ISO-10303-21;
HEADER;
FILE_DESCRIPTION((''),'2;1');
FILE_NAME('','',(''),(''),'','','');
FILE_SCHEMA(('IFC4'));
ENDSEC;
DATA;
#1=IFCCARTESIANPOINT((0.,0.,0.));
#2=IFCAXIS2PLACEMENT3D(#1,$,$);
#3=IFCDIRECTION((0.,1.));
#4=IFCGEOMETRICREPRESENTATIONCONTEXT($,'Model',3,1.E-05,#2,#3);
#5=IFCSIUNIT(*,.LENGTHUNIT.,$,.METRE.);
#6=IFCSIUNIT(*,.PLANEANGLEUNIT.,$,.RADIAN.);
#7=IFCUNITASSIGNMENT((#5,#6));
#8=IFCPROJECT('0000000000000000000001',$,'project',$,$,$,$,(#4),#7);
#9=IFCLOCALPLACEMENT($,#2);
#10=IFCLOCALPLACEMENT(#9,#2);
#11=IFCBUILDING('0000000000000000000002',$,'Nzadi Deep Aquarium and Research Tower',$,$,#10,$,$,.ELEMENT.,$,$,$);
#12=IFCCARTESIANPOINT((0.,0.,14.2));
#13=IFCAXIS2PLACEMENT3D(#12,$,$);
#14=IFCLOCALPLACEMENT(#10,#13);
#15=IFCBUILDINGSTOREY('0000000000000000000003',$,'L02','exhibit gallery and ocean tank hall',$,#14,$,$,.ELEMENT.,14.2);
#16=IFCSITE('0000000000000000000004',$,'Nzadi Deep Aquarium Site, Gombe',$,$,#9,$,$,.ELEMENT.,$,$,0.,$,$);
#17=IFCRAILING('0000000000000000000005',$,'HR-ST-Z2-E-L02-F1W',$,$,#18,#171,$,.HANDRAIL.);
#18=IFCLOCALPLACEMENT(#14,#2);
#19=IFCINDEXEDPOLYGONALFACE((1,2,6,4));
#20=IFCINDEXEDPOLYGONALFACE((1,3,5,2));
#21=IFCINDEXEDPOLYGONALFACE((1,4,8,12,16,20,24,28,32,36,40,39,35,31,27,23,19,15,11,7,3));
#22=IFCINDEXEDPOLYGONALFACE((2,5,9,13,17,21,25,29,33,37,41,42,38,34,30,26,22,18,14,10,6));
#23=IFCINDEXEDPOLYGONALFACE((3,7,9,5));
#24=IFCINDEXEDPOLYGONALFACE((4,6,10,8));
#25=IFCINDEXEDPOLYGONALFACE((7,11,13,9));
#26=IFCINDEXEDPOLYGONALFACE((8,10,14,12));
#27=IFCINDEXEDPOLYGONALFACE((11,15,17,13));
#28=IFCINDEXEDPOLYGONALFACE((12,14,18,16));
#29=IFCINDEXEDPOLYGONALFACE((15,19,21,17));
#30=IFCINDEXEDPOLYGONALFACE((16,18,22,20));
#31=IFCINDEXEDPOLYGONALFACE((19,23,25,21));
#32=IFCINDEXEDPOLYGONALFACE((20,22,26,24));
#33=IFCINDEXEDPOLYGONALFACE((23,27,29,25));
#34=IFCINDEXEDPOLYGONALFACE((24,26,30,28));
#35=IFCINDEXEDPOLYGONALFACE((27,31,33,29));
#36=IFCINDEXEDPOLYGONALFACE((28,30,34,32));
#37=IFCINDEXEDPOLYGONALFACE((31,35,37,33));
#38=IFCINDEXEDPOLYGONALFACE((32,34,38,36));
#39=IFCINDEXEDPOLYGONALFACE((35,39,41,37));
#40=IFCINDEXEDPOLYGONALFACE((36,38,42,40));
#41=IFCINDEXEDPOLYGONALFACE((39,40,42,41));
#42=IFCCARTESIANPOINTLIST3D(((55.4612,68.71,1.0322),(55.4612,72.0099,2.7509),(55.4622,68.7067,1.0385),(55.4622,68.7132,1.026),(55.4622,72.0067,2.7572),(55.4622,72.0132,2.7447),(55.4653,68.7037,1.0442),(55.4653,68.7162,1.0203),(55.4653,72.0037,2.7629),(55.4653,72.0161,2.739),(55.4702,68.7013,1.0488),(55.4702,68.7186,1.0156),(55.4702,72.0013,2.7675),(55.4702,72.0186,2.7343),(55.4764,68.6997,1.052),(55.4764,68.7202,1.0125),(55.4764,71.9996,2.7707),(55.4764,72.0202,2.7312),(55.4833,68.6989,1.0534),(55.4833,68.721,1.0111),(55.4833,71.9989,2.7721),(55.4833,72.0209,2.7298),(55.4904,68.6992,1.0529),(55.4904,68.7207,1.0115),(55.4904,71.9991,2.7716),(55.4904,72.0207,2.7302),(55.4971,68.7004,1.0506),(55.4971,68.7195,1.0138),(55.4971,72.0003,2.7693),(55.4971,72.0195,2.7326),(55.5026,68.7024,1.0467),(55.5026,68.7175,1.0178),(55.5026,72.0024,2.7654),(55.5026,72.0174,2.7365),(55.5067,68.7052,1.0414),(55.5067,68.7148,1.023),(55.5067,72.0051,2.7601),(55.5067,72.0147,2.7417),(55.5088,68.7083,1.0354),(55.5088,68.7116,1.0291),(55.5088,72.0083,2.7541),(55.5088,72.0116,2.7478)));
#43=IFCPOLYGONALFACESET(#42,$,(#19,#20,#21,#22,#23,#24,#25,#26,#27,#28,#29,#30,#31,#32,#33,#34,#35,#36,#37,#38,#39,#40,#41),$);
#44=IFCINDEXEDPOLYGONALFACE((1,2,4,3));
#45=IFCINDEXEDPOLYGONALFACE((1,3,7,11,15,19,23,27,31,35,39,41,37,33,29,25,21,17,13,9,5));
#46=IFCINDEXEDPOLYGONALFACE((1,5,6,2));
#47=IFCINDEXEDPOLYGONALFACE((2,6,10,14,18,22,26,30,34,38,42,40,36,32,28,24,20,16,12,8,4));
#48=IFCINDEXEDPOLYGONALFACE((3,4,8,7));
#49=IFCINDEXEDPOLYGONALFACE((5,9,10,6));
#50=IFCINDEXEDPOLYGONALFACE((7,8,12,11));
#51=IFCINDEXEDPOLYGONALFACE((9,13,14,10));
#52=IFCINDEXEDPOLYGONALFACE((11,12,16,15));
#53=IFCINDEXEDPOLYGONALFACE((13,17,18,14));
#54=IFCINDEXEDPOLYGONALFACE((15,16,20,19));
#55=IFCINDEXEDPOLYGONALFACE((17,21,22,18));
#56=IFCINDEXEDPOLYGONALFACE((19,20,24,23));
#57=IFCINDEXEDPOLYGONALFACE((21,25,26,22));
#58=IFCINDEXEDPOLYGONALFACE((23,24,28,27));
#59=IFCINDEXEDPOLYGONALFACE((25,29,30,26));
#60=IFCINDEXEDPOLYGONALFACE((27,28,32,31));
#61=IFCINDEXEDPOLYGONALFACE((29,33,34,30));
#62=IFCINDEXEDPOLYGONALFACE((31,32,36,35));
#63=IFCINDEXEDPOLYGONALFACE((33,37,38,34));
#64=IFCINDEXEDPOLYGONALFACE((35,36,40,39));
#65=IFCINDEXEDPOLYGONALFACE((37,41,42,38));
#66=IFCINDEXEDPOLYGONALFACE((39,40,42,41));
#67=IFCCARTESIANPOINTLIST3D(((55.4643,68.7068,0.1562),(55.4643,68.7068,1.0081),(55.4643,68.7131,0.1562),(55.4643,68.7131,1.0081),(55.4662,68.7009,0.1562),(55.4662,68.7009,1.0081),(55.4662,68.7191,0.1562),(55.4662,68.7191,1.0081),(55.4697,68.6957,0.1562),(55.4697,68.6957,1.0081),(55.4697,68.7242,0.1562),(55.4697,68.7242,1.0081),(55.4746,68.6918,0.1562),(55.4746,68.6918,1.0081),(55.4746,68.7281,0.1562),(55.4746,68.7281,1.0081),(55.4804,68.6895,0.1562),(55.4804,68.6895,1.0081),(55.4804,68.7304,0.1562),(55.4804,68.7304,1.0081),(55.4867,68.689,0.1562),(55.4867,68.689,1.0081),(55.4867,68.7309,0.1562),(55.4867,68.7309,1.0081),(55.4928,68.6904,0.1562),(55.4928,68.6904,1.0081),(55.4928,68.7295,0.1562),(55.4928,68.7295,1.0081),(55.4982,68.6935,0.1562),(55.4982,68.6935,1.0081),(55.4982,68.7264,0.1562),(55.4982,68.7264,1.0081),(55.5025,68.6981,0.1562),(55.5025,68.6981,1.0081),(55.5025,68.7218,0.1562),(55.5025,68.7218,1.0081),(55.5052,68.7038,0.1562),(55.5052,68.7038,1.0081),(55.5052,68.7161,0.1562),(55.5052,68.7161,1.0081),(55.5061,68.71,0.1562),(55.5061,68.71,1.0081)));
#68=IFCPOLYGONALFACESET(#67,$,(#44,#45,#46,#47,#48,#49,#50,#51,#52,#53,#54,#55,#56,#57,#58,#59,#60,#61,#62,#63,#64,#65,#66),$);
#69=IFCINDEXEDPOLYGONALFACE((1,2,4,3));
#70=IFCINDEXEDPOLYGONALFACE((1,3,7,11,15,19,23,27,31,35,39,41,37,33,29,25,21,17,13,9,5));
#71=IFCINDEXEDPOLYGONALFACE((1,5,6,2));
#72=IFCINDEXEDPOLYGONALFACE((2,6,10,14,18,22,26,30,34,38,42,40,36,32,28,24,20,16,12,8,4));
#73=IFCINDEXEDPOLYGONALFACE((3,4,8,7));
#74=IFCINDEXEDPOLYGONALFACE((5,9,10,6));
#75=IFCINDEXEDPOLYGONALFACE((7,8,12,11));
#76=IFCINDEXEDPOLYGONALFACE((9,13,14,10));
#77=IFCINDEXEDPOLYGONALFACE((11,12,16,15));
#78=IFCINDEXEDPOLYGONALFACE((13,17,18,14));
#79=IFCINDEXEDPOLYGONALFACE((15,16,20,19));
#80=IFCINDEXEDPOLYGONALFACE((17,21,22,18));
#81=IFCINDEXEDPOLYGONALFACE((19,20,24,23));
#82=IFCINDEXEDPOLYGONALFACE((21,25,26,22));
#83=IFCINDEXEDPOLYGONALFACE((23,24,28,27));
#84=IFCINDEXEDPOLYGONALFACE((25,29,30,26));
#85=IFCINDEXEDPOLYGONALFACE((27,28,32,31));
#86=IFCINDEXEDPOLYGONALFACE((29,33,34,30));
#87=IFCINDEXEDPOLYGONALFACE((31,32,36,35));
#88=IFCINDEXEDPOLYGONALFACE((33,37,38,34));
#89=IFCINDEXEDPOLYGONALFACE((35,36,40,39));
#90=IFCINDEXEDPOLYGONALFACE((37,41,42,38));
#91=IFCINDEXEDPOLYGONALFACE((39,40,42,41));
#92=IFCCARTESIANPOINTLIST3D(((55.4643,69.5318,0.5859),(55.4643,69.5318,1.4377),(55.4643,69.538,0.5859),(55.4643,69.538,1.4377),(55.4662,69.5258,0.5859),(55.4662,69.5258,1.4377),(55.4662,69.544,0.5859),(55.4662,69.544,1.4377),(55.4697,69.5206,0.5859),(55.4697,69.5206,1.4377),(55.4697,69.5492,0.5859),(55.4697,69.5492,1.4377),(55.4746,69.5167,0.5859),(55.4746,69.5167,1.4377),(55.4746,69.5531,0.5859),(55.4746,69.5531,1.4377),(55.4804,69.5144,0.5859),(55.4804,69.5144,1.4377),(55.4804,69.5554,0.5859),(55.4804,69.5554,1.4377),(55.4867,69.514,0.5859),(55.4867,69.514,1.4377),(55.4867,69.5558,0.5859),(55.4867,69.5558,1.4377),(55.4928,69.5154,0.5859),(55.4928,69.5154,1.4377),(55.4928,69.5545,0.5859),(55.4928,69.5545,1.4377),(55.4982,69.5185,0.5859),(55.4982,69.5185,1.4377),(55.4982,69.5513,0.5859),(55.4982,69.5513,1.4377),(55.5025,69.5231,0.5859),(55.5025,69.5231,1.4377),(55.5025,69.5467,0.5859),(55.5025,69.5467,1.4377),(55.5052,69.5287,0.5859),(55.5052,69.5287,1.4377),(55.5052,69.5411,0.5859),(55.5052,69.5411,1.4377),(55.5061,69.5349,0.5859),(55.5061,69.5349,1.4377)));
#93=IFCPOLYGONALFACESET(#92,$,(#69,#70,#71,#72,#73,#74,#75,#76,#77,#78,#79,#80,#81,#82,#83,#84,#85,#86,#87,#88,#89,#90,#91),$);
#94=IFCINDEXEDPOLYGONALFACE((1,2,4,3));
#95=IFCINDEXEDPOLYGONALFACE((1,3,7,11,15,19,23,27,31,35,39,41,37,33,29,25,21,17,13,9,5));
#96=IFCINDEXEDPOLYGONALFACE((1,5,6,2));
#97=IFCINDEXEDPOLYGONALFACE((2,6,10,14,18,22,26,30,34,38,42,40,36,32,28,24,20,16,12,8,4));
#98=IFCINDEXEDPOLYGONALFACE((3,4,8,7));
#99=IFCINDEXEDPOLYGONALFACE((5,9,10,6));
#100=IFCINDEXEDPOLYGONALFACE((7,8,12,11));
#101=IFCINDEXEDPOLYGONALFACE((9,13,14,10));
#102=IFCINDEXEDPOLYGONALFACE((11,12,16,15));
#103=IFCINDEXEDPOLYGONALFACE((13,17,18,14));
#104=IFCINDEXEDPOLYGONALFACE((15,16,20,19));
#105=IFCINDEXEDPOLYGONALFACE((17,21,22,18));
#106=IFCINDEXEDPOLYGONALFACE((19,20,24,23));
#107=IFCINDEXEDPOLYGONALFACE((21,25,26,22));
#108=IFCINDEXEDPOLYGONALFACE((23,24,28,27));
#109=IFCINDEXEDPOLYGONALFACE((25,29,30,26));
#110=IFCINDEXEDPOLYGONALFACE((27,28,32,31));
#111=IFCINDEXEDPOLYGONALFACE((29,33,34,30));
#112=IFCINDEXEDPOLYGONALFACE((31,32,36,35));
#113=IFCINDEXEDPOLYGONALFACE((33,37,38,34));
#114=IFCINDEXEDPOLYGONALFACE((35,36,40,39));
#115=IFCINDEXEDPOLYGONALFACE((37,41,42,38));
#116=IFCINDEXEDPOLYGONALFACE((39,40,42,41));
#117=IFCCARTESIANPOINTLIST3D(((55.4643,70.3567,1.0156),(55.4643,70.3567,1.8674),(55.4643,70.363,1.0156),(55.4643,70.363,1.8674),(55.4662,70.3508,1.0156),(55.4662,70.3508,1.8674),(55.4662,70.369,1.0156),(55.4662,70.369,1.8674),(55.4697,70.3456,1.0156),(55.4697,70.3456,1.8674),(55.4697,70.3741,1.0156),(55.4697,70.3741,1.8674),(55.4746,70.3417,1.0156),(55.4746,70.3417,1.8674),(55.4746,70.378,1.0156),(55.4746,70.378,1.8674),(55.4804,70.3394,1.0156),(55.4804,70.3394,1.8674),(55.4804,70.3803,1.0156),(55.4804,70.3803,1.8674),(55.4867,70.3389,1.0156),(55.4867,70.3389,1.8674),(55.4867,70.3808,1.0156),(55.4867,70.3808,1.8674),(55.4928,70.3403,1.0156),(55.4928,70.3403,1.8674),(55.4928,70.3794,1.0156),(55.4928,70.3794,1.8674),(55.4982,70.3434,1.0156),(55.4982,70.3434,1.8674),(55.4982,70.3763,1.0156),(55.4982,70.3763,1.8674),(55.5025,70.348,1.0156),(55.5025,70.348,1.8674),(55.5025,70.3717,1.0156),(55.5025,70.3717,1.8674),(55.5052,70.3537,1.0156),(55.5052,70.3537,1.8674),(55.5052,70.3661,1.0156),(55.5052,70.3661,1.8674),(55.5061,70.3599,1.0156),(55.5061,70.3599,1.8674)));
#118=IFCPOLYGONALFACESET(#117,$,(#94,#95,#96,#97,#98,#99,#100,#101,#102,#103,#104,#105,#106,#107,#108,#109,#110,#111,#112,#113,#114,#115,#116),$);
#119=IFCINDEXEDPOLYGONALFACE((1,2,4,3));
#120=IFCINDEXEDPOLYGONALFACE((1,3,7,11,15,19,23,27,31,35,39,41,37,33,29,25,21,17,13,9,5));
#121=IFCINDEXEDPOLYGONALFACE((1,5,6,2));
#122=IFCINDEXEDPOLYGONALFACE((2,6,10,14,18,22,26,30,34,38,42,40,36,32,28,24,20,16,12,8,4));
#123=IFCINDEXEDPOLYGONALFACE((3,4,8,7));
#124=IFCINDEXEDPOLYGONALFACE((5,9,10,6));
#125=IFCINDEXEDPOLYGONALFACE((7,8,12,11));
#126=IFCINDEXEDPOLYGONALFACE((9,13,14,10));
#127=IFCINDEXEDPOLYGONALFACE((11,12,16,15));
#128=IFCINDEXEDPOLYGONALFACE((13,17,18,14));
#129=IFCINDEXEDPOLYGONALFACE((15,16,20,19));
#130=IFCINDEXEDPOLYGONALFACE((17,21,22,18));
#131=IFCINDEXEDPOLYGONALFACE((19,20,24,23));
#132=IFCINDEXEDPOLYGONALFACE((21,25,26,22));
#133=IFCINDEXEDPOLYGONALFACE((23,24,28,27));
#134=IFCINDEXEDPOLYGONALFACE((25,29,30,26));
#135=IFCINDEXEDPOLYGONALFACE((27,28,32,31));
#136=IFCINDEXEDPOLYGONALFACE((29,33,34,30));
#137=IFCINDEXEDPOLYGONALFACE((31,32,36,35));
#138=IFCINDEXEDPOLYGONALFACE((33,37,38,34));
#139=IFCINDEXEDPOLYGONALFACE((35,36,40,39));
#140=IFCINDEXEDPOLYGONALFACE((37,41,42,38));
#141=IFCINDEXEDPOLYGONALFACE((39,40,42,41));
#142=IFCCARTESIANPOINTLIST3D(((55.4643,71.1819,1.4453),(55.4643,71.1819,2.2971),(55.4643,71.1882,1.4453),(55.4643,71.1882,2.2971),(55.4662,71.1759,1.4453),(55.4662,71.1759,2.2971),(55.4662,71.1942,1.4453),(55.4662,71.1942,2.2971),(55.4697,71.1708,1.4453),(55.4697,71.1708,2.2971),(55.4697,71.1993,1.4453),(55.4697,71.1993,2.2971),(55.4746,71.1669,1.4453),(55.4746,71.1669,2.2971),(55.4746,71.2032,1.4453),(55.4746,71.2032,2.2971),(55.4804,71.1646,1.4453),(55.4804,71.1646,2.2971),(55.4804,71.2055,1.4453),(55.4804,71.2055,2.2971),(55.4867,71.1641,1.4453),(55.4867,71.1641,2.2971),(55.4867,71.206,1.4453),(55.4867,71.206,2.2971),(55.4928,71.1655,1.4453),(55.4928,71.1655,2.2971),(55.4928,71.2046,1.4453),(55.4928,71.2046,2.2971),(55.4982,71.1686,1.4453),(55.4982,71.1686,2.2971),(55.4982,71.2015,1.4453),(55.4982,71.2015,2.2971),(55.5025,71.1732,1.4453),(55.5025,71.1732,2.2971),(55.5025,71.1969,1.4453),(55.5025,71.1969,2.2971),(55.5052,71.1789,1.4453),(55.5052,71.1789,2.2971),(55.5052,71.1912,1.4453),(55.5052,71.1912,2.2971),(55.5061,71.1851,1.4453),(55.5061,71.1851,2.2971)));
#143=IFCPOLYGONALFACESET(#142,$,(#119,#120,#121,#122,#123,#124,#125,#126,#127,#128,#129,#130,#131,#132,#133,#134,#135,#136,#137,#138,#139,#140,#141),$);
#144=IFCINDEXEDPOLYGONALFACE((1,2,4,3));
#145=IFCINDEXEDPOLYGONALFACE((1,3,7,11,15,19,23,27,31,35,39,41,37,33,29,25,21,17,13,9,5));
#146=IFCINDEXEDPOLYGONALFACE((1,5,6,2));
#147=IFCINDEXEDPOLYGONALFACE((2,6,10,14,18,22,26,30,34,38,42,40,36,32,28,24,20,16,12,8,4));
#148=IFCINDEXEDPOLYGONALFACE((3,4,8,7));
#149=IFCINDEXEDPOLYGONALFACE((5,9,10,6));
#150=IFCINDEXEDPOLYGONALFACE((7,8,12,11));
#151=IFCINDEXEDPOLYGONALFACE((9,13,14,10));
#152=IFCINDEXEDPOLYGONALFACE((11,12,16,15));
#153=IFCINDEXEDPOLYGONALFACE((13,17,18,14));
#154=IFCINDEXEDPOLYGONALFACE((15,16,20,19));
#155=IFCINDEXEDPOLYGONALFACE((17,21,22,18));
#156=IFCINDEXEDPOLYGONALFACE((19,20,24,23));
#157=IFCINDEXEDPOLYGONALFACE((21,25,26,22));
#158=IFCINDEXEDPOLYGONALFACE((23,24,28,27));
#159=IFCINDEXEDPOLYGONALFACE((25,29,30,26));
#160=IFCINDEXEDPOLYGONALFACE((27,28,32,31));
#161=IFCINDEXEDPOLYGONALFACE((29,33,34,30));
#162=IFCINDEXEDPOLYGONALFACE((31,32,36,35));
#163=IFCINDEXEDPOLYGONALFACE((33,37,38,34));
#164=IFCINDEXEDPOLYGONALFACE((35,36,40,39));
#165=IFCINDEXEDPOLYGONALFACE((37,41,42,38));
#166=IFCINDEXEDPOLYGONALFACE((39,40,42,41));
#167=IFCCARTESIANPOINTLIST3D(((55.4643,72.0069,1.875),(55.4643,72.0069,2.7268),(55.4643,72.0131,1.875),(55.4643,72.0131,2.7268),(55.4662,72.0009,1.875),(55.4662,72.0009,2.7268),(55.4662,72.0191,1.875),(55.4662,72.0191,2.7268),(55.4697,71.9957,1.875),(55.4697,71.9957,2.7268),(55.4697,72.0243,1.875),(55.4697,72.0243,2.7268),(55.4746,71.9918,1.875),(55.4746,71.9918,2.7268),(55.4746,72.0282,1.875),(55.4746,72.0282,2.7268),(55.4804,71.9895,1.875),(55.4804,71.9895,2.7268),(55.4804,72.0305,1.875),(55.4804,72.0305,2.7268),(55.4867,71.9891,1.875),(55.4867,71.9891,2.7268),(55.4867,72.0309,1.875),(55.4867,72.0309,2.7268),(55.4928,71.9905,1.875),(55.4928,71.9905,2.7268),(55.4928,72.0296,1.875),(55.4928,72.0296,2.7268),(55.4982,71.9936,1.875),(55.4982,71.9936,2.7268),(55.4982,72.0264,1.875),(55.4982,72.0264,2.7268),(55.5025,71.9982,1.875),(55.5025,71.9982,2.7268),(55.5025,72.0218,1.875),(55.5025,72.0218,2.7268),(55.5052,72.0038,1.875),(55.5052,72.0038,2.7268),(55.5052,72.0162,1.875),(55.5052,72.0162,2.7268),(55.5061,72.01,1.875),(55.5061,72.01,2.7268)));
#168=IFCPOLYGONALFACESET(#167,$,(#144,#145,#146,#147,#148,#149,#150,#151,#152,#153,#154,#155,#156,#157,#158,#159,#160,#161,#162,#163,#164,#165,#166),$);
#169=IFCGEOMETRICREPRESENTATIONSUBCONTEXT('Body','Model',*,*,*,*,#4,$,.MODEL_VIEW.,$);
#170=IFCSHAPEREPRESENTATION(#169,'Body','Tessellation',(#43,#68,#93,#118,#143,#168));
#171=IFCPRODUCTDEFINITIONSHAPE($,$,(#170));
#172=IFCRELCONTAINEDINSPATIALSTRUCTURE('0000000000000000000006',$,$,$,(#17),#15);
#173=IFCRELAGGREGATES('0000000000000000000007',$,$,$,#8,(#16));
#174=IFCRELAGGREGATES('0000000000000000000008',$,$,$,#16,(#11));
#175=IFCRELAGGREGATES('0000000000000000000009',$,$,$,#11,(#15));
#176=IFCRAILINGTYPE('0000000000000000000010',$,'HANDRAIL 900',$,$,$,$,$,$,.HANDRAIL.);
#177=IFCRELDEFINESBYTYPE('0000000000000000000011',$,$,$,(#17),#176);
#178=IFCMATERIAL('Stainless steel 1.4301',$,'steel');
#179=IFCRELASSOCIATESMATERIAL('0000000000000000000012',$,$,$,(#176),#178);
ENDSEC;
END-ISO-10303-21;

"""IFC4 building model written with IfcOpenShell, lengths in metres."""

from ifc_helpers import new_model, si_unit, direction, frame, origin, origin_2d, place, context, subcontext, project, spatial, circle, extrude, material, type_object, element, save


model = new_model("IFC4")

# Units and contexts
model_context = context("Model", 3, precision=1e-05, world=origin(), true_north=direction((0.0, 1.0)))
body_context = subcontext(model_context, "Body", "Model", "MODEL_VIEW")
ifc_project = project(units=[si_unit("LENGTHUNIT", "METRE"), si_unit("PLANEANGLEUNIT", "RADIAN")], contexts=[model_context])

# Site, building, storey
site_placement = place(None, origin())
site = spatial("IfcSite", under=ifc_project, at=site_placement, Name="Nzadi Deep Aquarium Site, Gombe", CompositionType="ELEMENT", RefElevation=0.0)
building_placement = place(site_placement, origin())
building = spatial("IfcBuilding", under=site, at=building_placement, Name="Nzadi Deep Aquarium and Research Tower", CompositionType="ELEMENT")
storey_placement = place(building_placement, frame((0.0, 0.0, 14.2)))
storey = spatial("IfcBuildingStorey", under=building, at=storey_placement, Name="L02", Description="exhibit gallery and ocean tank hall", CompositionType="ELEMENT", Elevation=14.2)

# Railing
ifc_material_1 = material(Name="Stainless steel 1.4301", Category="steel")
railing_type = type_object("IfcRailingType", Name="HANDRAIL 900", PredefinedType="HANDRAIL", material=ifc_material_1)
for number, where, name in (
    (1, (55.4851, 68.71, 0.1562), "HR-ST-Z2-E-L02-F1W"),
):
    element("IfcRailing", number, at=place(storey_placement, frame(where)), inside=storey, type_object=railing_type, Name=name, PredefinedType="HANDRAIL", context=body_context, shape_type="SweptSolid", body=[
        extrude(circle(Radius=0.0239, at=origin_2d()), frame((0.0, 0.0, 0.876), z_axis=(0.0, 0.886917, 0.461929), x_axis=(-1.0, 0.0, 0.0)), (0.0, 0.0, 1.0), 3.7207),
        extrude(circle(Radius=0.021, at=origin_2d()), origin(), (0.0, 0.0, 1.0), 0.8518),
        extrude(circle(Radius=0.021, at=origin_2d()), frame((0.0, 0.825, 0.4297)), (0.0, 0.0, 1.0), 0.8518),
        extrude(circle(Radius=0.021, at=origin_2d()), frame((0.0, 1.6499, 0.8594)), (0.0, 0.0, 1.0), 0.8518),
        extrude(circle(Radius=0.021, at=origin_2d()), frame((0.0, 2.4751, 1.2891)), (0.0, 0.0, 1.0), 0.8518),
        extrude(circle(Radius=0.021, at=origin_2d()), frame((0.0, 3.3, 1.7188)), (0.0, 0.0, 1.0), 0.8518),
    ])

save(model, "model.ifc")
